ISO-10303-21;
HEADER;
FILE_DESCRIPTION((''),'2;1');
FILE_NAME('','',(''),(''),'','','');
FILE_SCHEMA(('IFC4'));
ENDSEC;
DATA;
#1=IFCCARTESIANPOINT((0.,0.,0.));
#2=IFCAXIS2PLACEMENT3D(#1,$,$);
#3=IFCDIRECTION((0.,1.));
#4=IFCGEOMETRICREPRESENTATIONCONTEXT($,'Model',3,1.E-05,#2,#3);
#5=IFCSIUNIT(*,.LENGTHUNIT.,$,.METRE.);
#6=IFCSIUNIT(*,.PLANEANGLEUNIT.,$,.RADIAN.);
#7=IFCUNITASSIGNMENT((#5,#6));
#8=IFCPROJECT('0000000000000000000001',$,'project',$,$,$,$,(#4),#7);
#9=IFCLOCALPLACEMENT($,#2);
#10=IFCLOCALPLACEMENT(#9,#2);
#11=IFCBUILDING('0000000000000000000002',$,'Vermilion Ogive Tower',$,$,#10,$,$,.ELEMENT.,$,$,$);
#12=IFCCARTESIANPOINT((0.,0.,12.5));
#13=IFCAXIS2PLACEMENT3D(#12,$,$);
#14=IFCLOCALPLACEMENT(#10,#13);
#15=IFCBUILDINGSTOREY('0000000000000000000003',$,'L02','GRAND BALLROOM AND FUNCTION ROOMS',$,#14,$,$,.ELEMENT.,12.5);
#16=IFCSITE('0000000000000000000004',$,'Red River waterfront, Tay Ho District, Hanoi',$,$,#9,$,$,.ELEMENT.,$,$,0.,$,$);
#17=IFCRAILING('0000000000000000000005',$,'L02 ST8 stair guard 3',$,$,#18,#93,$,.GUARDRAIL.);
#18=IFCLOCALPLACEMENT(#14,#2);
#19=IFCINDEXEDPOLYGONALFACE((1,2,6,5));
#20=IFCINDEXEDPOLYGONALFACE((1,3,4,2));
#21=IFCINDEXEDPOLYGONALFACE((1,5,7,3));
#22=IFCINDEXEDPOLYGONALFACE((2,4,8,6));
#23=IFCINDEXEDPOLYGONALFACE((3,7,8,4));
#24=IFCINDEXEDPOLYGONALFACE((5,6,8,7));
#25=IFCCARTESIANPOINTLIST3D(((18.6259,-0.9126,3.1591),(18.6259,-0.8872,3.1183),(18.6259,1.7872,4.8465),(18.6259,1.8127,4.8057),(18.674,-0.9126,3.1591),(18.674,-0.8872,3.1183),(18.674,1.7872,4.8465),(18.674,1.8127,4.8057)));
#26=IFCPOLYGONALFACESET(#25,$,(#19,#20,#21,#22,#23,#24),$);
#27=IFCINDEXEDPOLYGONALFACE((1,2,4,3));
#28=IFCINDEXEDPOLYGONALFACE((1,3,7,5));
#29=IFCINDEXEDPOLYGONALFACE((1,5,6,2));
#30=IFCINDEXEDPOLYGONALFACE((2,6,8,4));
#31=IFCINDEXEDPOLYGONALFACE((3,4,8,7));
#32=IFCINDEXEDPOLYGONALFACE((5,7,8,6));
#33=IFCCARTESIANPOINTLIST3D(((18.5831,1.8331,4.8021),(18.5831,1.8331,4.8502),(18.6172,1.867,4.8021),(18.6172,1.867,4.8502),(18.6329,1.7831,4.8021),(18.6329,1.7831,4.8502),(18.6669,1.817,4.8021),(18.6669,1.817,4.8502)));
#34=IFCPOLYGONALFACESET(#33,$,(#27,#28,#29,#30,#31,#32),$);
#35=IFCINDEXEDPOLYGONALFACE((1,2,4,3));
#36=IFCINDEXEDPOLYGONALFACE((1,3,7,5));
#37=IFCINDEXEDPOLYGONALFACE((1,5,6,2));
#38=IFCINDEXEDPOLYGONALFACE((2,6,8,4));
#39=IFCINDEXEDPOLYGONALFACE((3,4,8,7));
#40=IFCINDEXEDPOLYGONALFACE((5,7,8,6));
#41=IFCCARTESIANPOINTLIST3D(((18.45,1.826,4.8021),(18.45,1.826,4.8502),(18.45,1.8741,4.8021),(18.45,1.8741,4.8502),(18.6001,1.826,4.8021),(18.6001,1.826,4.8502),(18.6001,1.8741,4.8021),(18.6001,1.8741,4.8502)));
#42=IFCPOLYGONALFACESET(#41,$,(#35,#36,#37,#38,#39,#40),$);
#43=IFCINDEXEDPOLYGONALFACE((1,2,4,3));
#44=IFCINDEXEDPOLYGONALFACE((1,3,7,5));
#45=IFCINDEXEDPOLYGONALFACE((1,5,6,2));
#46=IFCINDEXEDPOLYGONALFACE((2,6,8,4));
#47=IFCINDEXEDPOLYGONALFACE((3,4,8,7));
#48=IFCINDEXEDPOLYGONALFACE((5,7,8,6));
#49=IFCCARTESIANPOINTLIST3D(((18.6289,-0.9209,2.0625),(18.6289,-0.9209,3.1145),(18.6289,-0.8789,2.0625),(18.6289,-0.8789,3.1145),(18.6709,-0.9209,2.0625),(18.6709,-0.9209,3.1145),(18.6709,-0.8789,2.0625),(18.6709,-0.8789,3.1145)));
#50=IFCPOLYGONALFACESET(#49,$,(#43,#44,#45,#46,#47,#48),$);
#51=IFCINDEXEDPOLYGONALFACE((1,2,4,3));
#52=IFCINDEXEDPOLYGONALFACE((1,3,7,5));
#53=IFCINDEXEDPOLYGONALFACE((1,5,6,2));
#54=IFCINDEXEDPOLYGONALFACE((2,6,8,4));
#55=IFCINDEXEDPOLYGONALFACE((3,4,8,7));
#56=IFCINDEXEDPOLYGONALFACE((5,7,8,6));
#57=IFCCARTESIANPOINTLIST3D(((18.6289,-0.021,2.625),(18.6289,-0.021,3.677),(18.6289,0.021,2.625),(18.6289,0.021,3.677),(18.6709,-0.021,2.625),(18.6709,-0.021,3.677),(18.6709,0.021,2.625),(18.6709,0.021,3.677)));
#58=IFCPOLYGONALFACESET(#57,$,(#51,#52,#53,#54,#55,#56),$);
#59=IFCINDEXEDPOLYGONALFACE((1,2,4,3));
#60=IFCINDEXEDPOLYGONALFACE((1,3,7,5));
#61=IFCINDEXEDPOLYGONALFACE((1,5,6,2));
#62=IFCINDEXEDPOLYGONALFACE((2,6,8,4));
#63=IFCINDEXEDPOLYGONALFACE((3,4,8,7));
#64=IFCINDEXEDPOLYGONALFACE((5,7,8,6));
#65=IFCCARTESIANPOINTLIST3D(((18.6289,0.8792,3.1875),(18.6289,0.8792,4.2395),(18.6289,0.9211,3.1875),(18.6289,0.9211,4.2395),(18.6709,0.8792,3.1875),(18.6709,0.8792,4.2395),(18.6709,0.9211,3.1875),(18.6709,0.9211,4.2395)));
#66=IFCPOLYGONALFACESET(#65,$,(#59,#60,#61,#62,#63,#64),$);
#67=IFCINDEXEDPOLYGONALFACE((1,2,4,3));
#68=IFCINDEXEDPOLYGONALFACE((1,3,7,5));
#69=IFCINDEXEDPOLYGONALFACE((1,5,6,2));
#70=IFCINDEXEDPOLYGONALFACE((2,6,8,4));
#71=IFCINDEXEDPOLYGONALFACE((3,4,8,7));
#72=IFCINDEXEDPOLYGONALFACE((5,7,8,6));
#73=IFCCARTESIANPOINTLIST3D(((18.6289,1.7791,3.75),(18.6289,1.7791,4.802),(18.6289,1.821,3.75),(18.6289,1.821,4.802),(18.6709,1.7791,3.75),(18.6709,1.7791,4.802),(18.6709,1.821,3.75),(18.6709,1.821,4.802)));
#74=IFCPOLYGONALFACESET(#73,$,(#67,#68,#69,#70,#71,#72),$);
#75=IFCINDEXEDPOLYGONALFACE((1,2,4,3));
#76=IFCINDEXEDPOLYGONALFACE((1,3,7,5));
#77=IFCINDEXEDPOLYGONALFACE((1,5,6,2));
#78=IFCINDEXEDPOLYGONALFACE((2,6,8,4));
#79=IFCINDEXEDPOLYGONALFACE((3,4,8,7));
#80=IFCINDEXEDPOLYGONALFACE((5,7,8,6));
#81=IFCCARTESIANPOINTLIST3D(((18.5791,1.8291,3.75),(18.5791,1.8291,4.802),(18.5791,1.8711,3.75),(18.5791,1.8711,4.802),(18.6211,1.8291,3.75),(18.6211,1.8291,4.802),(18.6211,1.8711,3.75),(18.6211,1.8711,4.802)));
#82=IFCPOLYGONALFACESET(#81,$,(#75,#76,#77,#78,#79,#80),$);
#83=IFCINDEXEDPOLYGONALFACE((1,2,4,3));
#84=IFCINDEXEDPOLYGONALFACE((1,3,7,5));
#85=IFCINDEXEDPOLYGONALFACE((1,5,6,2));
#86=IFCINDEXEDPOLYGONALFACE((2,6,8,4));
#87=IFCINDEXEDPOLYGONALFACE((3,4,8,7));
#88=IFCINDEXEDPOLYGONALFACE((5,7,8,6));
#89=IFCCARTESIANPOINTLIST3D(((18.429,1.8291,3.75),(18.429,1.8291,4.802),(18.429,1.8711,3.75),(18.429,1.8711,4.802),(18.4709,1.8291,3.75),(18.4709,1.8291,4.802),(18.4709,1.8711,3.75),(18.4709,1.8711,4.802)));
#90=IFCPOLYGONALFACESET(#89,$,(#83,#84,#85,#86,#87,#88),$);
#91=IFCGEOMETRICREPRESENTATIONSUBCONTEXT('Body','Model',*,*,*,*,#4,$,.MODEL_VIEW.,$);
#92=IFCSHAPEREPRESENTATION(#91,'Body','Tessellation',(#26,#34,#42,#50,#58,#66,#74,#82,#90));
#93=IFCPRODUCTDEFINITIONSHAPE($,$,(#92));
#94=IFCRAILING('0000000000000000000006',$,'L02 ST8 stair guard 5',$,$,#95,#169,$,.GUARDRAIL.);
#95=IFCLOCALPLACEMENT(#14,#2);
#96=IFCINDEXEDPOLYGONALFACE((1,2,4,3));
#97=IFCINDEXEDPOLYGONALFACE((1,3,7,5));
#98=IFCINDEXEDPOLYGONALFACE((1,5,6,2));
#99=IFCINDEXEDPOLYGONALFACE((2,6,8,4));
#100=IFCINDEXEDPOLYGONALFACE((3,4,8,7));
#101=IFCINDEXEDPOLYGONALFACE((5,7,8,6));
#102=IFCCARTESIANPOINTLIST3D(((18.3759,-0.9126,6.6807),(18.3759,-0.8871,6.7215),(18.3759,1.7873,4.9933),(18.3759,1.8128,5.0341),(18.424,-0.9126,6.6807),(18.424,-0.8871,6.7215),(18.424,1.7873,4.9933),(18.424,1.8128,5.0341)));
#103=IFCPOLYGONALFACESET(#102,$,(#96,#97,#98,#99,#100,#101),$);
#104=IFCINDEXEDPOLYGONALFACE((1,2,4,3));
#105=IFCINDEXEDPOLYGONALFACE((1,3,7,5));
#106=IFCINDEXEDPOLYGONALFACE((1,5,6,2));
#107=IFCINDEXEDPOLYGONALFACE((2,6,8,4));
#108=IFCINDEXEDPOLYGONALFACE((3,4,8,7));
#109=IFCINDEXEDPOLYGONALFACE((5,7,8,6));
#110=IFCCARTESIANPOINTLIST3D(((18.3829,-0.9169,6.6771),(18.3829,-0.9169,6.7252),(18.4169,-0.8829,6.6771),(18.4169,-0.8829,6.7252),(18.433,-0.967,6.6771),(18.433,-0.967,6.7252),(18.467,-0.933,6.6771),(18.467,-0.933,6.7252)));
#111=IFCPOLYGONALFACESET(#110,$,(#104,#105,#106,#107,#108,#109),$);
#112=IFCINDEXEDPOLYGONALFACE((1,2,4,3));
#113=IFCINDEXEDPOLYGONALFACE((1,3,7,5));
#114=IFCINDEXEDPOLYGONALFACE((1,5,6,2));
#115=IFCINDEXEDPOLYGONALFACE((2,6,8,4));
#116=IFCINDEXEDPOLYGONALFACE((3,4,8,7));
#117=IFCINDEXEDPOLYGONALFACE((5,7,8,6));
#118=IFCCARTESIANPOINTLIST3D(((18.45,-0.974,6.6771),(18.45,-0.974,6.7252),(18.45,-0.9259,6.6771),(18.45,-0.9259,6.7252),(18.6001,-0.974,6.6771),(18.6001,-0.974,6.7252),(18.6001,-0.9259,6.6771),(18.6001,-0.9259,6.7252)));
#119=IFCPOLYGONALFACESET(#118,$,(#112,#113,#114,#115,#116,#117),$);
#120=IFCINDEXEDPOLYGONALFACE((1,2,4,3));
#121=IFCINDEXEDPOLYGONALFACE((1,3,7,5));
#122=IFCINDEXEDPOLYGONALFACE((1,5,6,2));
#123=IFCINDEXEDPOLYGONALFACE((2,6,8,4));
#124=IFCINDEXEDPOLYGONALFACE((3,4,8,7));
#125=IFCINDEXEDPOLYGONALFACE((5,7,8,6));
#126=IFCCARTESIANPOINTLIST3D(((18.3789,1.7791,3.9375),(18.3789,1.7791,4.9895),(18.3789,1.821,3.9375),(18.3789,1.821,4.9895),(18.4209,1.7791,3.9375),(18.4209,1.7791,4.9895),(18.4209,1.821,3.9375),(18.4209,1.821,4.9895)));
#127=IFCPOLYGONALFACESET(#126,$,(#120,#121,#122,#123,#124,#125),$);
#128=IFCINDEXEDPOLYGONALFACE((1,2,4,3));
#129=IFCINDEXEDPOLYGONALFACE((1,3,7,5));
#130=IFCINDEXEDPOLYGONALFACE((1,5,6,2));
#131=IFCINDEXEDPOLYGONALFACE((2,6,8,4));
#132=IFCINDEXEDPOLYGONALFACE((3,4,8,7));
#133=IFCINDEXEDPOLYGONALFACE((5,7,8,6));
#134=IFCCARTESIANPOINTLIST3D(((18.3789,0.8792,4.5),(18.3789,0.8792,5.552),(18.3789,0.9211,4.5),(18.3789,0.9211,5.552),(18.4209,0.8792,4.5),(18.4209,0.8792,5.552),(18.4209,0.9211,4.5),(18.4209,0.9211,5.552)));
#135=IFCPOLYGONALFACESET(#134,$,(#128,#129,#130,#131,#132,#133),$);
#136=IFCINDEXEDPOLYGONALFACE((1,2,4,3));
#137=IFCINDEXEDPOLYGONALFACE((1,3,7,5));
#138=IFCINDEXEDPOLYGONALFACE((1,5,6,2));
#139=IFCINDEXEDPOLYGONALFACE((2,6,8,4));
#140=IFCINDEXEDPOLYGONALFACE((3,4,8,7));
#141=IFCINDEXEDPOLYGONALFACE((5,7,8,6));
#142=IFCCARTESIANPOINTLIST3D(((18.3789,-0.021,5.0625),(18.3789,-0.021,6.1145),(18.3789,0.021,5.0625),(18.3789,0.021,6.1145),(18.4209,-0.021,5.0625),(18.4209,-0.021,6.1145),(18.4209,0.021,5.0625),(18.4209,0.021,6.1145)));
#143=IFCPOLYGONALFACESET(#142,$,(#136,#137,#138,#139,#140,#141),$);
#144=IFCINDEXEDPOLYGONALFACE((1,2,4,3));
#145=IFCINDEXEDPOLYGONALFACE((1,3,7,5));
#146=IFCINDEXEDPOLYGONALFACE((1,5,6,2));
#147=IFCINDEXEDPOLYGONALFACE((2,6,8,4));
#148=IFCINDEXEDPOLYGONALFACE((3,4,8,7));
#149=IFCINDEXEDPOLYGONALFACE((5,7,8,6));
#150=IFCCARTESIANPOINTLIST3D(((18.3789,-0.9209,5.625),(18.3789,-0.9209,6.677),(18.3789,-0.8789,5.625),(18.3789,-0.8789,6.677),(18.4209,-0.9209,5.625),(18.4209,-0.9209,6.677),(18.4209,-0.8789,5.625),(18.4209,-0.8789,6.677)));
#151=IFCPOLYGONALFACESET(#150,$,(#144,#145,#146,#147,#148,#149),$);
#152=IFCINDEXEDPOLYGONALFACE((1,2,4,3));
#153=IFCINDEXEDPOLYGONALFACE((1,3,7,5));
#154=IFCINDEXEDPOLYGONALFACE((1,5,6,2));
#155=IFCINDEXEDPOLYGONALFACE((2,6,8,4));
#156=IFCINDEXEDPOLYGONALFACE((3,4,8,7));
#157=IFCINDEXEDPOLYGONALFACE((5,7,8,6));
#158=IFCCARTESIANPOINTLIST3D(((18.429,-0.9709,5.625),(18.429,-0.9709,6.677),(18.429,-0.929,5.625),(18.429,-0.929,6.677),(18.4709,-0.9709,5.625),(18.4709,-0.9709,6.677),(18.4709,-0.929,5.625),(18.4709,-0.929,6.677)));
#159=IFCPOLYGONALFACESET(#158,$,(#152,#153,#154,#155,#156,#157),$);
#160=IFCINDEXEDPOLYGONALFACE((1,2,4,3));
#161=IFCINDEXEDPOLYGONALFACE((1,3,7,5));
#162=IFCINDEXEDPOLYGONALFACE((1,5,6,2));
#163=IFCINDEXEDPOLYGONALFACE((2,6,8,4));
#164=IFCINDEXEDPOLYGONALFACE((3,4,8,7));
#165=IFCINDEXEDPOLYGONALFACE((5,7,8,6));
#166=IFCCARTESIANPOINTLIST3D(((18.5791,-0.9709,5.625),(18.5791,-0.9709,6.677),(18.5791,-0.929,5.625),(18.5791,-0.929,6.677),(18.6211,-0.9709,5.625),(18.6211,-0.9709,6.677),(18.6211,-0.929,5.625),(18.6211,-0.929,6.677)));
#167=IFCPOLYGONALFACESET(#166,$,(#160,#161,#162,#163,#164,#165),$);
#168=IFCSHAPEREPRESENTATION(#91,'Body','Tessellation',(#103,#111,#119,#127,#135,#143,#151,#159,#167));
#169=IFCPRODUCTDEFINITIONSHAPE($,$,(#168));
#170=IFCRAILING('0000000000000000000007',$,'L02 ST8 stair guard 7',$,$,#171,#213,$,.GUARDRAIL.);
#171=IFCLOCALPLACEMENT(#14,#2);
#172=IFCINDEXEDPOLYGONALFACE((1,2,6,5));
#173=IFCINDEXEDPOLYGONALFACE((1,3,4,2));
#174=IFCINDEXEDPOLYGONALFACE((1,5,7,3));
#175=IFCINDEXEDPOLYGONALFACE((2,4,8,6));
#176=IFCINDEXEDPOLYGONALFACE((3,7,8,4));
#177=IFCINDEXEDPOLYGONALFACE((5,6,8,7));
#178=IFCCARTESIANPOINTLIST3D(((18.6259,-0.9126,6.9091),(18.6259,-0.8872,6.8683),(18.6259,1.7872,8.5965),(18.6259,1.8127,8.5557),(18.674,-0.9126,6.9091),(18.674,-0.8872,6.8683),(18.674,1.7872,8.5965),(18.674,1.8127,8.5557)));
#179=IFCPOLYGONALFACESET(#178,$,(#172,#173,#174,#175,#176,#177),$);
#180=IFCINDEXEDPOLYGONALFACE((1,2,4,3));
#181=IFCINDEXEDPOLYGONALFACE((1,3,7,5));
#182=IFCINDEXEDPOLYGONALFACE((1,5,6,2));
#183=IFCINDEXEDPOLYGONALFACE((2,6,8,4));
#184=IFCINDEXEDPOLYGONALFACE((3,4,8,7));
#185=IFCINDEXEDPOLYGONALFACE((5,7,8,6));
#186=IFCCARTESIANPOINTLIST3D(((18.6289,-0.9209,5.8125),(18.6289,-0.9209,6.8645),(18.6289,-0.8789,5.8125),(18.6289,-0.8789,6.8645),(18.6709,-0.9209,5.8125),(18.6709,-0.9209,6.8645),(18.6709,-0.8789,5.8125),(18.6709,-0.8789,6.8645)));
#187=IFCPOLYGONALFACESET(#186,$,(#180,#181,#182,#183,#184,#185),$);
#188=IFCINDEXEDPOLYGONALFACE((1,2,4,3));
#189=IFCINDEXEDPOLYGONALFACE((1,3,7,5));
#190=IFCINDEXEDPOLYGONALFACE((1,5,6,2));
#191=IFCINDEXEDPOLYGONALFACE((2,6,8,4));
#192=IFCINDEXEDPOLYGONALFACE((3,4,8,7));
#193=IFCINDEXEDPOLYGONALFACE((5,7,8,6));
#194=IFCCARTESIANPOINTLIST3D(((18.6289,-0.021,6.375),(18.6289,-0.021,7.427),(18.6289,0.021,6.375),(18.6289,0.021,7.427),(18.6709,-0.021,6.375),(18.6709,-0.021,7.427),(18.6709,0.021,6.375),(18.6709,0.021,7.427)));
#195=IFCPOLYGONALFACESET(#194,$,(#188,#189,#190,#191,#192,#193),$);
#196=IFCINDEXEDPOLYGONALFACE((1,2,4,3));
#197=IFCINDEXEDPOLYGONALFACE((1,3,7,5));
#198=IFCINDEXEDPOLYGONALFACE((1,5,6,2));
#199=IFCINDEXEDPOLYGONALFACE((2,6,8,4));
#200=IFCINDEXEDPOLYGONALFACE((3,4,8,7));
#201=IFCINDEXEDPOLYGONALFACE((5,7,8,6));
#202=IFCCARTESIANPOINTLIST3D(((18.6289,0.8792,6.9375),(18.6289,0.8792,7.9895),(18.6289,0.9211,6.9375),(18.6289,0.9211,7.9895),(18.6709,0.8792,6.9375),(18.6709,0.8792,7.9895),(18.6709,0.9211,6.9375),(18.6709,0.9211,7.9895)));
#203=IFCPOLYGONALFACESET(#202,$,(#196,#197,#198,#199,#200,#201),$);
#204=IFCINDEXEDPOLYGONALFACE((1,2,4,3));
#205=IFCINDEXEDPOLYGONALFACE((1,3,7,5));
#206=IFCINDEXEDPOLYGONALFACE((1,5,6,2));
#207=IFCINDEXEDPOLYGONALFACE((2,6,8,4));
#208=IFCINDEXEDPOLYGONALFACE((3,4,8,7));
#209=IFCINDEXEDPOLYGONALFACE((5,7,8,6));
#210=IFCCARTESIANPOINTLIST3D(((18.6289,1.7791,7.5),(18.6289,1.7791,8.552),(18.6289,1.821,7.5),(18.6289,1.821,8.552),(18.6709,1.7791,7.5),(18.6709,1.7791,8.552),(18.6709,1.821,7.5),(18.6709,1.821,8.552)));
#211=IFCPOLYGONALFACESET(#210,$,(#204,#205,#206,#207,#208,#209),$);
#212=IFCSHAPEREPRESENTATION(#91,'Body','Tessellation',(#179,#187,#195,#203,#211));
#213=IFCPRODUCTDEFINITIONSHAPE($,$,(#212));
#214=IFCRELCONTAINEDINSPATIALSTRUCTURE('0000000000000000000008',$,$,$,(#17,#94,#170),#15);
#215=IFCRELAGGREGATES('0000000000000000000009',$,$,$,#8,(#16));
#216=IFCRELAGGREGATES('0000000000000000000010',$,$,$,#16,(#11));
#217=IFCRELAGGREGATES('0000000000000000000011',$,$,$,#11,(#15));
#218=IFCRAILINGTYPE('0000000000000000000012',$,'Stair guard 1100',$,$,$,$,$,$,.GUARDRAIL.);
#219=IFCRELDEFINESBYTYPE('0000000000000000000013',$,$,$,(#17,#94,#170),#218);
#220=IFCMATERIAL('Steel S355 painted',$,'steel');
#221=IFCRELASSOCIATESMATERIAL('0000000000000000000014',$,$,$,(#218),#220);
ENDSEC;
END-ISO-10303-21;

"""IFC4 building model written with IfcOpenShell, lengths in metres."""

from ifc_helpers import new_model, si_unit, direction, frame, origin, origin_2d, place, context, subcontext, project, spatial, rectangle, extrude, material, type_object, element, save


model = new_model("IFC4")

# Units and contexts
model_context = context("Model", 3, precision=1e-05, world=origin(), true_north=direction((0.0, 1.0)))
body_context = subcontext(model_context, "Body", "Model", "MODEL_VIEW")
ifc_project = project(units=[si_unit("LENGTHUNIT", "METRE"), si_unit("PLANEANGLEUNIT", "RADIAN")], contexts=[model_context])

# Site, building, storey
site_placement = place(None, origin())
site = spatial("IfcSite", under=ifc_project, at=site_placement, Name="Red River waterfront, Tay Ho District, Hanoi", CompositionType="ELEMENT", RefElevation=0.0)
building_placement = place(site_placement, origin())
building = spatial("IfcBuilding", under=site, at=building_placement, Name="Vermilion Ogive Tower", CompositionType="ELEMENT")
storey_placement = place(building_placement, frame((0.0, 0.0, 12.5)))
storey = spatial("IfcBuildingStorey", under=building, at=storey_placement, Name="L02", Description="GRAND BALLROOM AND FUNCTION ROOMS", CompositionType="ELEMENT", Elevation=12.5)

# Railings
ifc_material_1 = material(Name="Steel S355 painted", Category="steel")
railing_type_1 = type_object("IfcRailingType", Name="Stair guard 1100", PredefinedType="GUARDRAIL", material=ifc_material_1)
railing_1_placement = place(storey_placement, frame((18.6499, -0.8999, 2.0625)))
element("IfcRailing", 1, at=railing_1_placement, inside=storey, type_object=railing_type_1, Name="L02 ST8 stair guard 3", PredefinedType="GUARDRAIL", context=body_context, shape_type="SweptSolid", body=[
    extrude(rectangle(XDim=0.0481, YDim=0.0481, at=origin_2d()), frame((0.0, 0.0, 1.0762), z_axis=(0.0, 0.847994, 0.530006), x_axis=(-1.0, 0.0, 0.0)), (0.0, 0.0, 1.0), 3.1838),
    extrude(rectangle(XDim=0.0481, YDim=0.0481, at=origin_2d()), frame((0.0, 2.7, 2.7637), z_axis=(-0.705376, 0.708834, 0.0), x_axis=(-0.708834, -0.705376, 0.0)), (0.0, 0.0, 1.0), 0.0706),
    extrude(rectangle(XDim=0.0481, YDim=0.0481, at=origin_2d()), frame((-0.0498, 2.75, 2.7637), z_axis=(-1.0, 0.0, 0.0), x_axis=(0.0, -1.0, 0.0)), (0.0, 0.0, 1.0), 0.1501),
    extrude(rectangle(XDim=0.042, YDim=0.042, at=origin_2d()), origin(), (0.0, 0.0, 1.0), 1.052),
    extrude(rectangle(XDim=0.042, YDim=0.042, at=origin_2d()), frame((0.0, 0.8999, 0.5625)), (0.0, 0.0, 1.0), 1.052),
    extrude(rectangle(XDim=0.042, YDim=0.042, at=origin_2d()), frame((0.0, 1.8, 1.125)), (0.0, 0.0, 1.0), 1.052),
    extrude(rectangle(XDim=0.042, YDim=0.042, at=origin_2d()), frame((0.0, 2.7, 1.6875)), (0.0, 0.0, 1.0), 1.052),
    extrude(rectangle(XDim=0.042, YDim=0.042, at=origin_2d()), frame((-0.0498, 2.75, 1.6875)), (0.0, 0.0, 1.0), 1.052),
    extrude(rectangle(XDim=0.042, YDim=0.042, at=origin_2d()), frame((-0.2, 2.75, 1.6875)), (0.0, 0.0, 1.0), 1.052),
])
railing_2_placement = place(storey_placement, frame((18.3999, 1.8, 3.9375)))
element("IfcRailing", 2, at=railing_2_placement, inside=storey, type_object=railing_type_1, Name="L02 ST8 stair guard 5", PredefinedType="GUARDRAIL", context=body_context, shape_type="SweptSolid", body=[
    extrude(rectangle(XDim=0.0481, YDim=0.0481, at=origin_2d()), frame((0.0, 0.0, 1.0762), z_axis=(0.0, -0.847994, 0.530006), x_axis=(1.0, 0.0, 0.0)), (0.0, 0.0, 1.0), 3.1838),
    extrude(rectangle(XDim=0.0481, YDim=0.0481, at=origin_2d()), frame((0.0, -2.7, 2.7637), z_axis=(0.707107, -0.707107, 0.0), x_axis=(0.707107, 0.707107, 0.0)), (0.0, 0.0, 1.0), 0.0708),
    extrude(rectangle(XDim=0.0481, YDim=0.0481, at=origin_2d()), frame((0.05, -2.75, 2.7637), z_axis=(1.0, 0.0, 0.0), x_axis=(0.0, 1.0, 0.0)), (0.0, 0.0, 1.0), 0.1501),
    extrude(rectangle(XDim=0.042, YDim=0.042, at=origin_2d()), origin(), (0.0, 0.0, 1.0), 1.052),
    extrude(rectangle(XDim=0.042, YDim=0.042, at=origin_2d()), frame((0.0, -0.8999, 0.5625)), (0.0, 0.0, 1.0), 1.052),
    extrude(rectangle(XDim=0.042, YDim=0.042, at=origin_2d()), frame((0.0, -1.8, 1.125)), (0.0, 0.0, 1.0), 1.052),
    extrude(rectangle(XDim=0.042, YDim=0.042, at=origin_2d()), frame((0.0, -2.7, 1.6875)), (0.0, 0.0, 1.0), 1.052),
    extrude(rectangle(XDim=0.042, YDim=0.042, at=origin_2d()), frame((0.05, -2.75, 1.6875)), (0.0, 0.0, 1.0), 1.052),
    extrude(rectangle(XDim=0.042, YDim=0.042, at=origin_2d()), frame((0.2002, -2.75, 1.6875)), (0.0, 0.0, 1.0), 1.052),
])
railing_3_placement = place(storey_placement, frame((18.6499, -0.8999, 5.8125)))
element("IfcRailing", 3, at=railing_3_placement, inside=storey, type_object=railing_type_1, Name="L02 ST8 stair guard 7", PredefinedType="GUARDRAIL", context=body_context, shape_type="SweptSolid", body=[
    extrude(rectangle(XDim=0.0481, YDim=0.0481, at=origin_2d()), frame((0.0, 0.0, 1.0762), z_axis=(0.0, 0.847994, 0.530006), x_axis=(-1.0, 0.0, 0.0)), (0.0, 0.0, 1.0), 3.1838),
    extrude(rectangle(XDim=0.042, YDim=0.042, at=origin_2d()), origin(), (0.0, 0.0, 1.0), 1.052),
    extrude(rectangle(XDim=0.042, YDim=0.042, at=origin_2d()), frame((0.0, 0.8999, 0.5625)), (0.0, 0.0, 1.0), 1.052),
    extrude(rectangle(XDim=0.042, YDim=0.042, at=origin_2d()), frame((0.0, 1.8, 1.125)), (0.0, 0.0, 1.0), 1.052),
    extrude(rectangle(XDim=0.042, YDim=0.042, at=origin_2d()), frame((0.0, 2.7, 1.6875)), (0.0, 0.0, 1.0), 1.052),
])

save(model, "model.ifc")
